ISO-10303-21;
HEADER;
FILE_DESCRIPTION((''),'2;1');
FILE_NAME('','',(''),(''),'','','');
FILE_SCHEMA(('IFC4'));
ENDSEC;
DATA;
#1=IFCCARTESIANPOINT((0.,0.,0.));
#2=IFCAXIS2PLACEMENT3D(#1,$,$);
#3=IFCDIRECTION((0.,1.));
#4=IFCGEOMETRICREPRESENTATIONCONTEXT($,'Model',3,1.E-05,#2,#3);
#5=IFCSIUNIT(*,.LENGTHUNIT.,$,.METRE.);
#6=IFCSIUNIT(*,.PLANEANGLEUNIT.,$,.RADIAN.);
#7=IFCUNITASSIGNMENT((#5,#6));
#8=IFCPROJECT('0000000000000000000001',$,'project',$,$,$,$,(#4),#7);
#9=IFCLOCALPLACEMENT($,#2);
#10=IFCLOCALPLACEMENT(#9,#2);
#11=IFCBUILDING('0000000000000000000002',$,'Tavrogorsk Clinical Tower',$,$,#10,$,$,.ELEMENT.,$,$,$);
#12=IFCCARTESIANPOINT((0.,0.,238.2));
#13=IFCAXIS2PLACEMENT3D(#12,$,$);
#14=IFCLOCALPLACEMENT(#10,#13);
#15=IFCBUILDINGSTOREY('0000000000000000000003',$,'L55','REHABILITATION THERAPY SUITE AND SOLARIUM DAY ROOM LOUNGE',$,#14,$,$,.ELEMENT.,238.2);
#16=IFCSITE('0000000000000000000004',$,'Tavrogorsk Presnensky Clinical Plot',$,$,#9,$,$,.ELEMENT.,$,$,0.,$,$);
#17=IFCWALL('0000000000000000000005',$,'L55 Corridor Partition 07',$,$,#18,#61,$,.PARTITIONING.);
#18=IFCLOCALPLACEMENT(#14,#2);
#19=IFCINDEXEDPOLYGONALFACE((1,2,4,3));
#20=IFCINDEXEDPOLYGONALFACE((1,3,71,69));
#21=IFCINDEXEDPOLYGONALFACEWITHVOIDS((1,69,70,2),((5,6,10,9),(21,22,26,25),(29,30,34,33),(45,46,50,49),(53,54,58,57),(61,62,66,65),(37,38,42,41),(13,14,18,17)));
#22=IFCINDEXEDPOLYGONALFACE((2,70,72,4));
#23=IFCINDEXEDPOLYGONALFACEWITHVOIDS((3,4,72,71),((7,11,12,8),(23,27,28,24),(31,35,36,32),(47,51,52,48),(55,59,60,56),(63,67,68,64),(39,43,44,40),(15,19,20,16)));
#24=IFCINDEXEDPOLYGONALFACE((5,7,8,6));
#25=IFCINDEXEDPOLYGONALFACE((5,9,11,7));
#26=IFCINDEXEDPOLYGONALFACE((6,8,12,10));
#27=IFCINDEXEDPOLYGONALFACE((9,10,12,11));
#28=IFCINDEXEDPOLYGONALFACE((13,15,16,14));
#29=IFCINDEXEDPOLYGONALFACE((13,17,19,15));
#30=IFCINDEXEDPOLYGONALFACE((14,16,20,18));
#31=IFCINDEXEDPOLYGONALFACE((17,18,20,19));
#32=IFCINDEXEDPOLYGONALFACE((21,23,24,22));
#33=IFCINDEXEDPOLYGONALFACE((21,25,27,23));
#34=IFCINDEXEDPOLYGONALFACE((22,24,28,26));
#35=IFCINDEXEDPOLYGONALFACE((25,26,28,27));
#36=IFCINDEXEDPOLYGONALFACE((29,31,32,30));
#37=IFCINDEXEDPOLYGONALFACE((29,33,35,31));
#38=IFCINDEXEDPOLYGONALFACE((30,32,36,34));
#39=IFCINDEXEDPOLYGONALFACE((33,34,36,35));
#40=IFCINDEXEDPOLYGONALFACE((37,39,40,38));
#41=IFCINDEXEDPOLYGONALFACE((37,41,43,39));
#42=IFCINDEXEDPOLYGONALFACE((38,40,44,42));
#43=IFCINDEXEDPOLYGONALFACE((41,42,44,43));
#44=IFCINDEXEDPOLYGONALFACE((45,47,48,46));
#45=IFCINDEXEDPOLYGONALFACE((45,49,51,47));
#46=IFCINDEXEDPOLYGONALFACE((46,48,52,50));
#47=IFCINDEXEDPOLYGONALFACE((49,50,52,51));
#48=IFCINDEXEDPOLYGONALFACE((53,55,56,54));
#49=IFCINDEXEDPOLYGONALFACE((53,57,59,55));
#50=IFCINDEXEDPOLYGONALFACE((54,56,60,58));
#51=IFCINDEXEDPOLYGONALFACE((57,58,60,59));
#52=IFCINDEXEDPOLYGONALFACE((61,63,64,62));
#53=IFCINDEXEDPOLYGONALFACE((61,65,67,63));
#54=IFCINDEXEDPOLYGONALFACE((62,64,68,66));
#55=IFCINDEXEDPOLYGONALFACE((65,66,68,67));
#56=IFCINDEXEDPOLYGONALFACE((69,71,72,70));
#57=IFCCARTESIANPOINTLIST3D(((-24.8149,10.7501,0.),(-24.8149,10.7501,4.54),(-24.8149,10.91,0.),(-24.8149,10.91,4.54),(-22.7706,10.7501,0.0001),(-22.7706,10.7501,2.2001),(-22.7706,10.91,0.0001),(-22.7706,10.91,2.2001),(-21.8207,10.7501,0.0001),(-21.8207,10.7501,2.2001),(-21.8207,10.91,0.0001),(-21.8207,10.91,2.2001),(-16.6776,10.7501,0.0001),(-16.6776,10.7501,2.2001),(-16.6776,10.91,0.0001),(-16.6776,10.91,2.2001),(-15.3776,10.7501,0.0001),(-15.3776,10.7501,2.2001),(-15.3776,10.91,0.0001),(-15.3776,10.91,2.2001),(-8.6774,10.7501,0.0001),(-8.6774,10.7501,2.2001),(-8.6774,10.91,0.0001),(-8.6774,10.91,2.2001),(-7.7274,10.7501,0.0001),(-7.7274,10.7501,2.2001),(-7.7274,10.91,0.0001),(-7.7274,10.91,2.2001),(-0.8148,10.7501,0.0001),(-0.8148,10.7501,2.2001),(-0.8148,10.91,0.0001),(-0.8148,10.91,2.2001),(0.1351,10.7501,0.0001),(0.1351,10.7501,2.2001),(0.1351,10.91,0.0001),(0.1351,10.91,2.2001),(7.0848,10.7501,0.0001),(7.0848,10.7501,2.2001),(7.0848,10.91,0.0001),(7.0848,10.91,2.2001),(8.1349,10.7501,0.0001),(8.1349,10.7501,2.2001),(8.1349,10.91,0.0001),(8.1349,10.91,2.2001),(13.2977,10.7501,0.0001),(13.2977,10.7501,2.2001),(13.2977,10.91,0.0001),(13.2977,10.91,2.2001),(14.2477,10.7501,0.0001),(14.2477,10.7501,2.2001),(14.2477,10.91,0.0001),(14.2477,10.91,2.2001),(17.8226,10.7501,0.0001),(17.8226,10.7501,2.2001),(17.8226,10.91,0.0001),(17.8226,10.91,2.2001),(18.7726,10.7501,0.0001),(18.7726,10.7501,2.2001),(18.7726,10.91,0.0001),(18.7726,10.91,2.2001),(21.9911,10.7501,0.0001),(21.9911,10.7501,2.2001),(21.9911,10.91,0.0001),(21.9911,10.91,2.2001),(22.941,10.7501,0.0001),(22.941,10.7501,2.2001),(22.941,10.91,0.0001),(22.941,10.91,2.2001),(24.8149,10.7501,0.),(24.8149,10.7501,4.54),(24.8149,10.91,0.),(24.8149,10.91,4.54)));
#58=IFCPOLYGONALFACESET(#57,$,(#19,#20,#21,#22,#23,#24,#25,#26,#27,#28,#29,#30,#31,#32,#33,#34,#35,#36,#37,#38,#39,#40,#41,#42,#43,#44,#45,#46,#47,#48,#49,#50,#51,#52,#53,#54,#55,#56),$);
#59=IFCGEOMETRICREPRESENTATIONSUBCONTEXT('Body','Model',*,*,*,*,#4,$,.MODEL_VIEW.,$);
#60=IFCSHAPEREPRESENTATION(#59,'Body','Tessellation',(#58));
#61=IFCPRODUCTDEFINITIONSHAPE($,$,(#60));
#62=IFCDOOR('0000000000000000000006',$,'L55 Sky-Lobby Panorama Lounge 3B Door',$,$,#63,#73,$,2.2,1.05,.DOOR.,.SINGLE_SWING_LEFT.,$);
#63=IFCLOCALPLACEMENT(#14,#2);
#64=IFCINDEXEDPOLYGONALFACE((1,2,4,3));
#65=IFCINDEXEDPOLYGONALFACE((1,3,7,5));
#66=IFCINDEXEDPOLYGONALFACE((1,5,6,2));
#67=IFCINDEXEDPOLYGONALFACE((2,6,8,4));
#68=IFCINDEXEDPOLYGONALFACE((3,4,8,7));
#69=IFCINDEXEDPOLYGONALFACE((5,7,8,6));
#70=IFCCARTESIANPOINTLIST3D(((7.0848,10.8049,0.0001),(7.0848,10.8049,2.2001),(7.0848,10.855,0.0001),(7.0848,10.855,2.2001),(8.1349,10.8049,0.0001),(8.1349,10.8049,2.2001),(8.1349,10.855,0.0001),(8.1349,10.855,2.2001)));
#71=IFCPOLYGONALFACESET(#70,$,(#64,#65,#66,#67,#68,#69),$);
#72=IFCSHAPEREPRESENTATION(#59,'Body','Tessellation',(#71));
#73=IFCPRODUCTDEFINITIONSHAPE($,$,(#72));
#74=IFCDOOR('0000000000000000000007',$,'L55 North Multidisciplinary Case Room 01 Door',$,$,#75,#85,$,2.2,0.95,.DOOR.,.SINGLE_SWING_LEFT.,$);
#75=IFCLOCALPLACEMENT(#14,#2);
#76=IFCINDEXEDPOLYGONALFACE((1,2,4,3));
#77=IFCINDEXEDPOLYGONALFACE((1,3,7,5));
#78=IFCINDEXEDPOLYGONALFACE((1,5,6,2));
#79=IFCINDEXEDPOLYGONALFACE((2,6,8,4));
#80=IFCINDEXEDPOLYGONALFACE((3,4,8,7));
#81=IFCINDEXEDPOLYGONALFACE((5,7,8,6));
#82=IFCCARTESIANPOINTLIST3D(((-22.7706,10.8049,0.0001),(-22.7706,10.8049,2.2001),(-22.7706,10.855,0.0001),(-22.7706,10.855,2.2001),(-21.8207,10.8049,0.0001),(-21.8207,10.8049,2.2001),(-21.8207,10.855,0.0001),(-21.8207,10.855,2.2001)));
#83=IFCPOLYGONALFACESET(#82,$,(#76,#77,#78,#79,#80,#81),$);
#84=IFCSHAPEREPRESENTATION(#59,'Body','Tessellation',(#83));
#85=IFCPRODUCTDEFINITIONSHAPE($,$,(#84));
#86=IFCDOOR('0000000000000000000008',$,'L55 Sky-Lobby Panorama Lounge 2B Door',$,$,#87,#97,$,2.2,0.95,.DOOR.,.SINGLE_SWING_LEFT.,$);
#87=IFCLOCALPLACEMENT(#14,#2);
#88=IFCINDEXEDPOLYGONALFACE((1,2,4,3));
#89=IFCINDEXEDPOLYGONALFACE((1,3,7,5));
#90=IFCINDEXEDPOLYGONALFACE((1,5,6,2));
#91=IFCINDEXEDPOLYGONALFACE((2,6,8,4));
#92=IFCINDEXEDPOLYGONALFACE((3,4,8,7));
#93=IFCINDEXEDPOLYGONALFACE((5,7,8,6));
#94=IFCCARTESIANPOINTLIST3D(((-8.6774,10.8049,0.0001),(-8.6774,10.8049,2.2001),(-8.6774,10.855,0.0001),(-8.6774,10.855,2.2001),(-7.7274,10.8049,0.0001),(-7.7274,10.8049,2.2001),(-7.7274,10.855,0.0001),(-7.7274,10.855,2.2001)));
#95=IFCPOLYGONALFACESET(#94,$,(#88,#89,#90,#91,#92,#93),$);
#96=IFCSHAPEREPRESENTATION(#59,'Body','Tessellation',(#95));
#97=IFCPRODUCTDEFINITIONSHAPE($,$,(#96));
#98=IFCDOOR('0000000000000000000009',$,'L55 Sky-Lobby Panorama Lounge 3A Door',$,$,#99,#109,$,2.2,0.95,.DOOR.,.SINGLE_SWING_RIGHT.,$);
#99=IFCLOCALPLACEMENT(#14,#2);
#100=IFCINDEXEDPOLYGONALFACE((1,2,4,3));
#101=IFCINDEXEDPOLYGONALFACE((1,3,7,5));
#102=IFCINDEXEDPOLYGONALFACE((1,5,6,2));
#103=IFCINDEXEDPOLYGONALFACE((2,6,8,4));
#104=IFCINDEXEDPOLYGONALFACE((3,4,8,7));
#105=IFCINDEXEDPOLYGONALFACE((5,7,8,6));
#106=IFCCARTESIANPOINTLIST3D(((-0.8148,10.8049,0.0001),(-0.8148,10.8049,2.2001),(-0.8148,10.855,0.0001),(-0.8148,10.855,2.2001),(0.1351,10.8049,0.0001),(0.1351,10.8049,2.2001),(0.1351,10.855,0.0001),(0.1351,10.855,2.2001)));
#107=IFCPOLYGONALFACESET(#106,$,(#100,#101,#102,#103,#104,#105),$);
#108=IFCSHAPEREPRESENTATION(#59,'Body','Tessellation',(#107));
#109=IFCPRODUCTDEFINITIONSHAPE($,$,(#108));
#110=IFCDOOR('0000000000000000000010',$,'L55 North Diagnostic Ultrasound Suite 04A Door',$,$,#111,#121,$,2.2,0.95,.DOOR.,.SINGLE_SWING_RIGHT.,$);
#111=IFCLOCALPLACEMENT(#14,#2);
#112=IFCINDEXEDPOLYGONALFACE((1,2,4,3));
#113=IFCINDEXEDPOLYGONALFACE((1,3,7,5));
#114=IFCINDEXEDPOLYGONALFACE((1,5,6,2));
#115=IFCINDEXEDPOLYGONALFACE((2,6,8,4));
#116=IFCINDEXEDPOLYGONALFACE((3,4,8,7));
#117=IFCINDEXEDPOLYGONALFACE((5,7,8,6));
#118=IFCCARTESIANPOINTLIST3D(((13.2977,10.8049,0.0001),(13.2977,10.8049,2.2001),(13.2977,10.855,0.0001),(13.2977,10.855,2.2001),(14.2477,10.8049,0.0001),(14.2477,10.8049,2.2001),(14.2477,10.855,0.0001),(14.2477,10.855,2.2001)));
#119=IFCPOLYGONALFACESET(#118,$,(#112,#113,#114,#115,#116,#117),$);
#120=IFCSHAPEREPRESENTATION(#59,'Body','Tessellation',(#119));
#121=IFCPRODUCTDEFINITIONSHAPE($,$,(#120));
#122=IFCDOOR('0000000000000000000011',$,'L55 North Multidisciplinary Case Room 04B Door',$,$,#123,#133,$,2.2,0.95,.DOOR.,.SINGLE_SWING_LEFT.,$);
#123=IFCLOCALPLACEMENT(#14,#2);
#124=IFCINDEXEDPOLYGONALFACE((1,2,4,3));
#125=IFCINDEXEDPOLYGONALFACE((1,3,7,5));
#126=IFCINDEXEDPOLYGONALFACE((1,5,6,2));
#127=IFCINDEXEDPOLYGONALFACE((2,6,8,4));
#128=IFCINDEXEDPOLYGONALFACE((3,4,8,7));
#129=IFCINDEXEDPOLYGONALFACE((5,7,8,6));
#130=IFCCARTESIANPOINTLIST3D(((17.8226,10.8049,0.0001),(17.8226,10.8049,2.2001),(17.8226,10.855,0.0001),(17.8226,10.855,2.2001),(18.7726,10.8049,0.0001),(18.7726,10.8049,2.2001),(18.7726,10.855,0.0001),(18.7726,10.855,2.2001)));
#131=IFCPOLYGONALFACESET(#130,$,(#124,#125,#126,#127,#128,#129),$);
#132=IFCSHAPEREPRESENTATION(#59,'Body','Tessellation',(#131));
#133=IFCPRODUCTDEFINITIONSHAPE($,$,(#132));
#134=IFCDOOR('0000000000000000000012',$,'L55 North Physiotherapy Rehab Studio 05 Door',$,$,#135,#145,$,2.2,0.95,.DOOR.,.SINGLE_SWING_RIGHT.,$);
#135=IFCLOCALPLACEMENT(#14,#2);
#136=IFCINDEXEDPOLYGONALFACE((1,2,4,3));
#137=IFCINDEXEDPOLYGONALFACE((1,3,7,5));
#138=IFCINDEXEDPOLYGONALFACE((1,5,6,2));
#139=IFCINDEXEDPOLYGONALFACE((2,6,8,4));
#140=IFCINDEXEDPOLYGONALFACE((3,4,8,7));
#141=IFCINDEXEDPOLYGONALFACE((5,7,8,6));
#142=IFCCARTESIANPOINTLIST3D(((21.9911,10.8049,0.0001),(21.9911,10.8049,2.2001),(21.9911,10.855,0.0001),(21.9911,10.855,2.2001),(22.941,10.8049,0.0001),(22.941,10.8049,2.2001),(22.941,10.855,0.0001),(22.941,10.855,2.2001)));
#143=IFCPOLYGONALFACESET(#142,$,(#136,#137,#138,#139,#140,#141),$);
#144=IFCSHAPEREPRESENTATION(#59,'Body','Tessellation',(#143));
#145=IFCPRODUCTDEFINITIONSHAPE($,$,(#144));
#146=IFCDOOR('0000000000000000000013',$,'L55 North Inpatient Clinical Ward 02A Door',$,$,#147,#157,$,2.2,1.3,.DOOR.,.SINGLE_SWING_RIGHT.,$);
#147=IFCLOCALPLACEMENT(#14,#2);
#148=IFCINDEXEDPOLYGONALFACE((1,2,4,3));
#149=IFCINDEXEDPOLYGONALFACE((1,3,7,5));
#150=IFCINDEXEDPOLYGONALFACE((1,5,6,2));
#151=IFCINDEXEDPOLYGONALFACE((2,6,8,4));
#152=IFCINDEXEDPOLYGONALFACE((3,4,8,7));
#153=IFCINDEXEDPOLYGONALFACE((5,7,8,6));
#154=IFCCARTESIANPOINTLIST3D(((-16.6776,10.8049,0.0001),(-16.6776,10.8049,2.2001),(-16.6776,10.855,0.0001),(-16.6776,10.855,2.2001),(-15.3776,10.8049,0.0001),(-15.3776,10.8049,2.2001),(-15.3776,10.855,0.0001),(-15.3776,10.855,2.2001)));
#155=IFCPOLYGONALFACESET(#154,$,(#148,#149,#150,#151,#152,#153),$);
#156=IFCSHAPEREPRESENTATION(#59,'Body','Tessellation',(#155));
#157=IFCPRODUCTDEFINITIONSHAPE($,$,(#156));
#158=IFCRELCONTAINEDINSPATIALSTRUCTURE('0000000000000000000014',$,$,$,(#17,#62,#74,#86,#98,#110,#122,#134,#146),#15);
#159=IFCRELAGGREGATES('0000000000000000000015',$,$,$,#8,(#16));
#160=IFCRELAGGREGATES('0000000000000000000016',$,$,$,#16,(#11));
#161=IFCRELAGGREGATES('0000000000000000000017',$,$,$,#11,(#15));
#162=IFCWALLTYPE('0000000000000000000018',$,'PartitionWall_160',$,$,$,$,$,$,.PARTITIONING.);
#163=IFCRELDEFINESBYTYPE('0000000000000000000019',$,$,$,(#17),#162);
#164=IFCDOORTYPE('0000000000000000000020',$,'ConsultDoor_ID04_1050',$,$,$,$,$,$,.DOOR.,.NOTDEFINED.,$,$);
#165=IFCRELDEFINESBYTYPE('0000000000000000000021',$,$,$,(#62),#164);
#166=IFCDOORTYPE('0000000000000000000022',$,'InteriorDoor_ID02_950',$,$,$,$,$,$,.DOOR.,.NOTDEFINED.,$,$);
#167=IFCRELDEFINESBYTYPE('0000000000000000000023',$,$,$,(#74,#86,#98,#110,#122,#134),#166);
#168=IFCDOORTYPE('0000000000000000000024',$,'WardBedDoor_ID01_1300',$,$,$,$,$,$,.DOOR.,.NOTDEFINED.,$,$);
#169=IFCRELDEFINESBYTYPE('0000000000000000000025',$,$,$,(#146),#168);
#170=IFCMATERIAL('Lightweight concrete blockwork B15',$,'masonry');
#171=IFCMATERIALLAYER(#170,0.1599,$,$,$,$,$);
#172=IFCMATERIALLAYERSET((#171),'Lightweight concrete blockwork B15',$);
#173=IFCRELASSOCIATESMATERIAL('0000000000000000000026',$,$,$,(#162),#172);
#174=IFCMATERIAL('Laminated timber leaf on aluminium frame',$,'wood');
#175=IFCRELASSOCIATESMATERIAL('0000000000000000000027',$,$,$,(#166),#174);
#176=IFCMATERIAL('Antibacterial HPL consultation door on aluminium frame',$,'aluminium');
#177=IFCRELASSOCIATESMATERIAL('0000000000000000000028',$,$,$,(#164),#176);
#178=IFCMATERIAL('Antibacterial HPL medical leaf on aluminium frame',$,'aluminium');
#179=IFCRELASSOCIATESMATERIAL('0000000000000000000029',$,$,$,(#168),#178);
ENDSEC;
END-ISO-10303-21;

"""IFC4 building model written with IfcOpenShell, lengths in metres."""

from ifc_helpers import new_model, si_unit, direction, frame, frame_2d, origin, place, context, subcontext, project, spatial, rectangle, extrude, material, layer, layer_set, type_object, element, fill, save


model = new_model("IFC4")

# Units and contexts
model_context = context("Model", 3, precision=1e-05, world=origin(), true_north=direction((0.0, 1.0)))
body_context = subcontext(model_context, "Body", "Model", "MODEL_VIEW")
ifc_project = project(units=[si_unit("LENGTHUNIT", "METRE"), si_unit("PLANEANGLEUNIT", "RADIAN")], contexts=[model_context])

# Site, building, storey
site_placement = place(None, origin())
site = spatial("IfcSite", under=ifc_project, at=site_placement, Name="Tavrogorsk Presnensky Clinical Plot", CompositionType="ELEMENT", RefElevation=0.0)
building_placement = place(site_placement, origin())
building = spatial("IfcBuilding", under=site, at=building_placement, Name="Tavrogorsk Clinical Tower", CompositionType="ELEMENT")
storey_placement = place(building_placement, frame((0.0, 0.0, 238.2)))
storey = spatial("IfcBuildingStorey", under=building, at=storey_placement, Name="L55", Description="REHABILITATION THERAPY SUITE AND SOLARIUM DAY ROOM LOUNGE", CompositionType="ELEMENT", Elevation=238.2)

# Shared definitions
ifc_material_1 = material(Name="Lightweight concrete blockwork B15", Category="masonry")
ifc_layer_1 = layer(ifc_material_1, 0.1599)
ifc_layer_set_1 = layer_set([ifc_layer_1], Name="Lightweight concrete blockwork B15")
wall_type_1 = type_object("IfcWallType", Name="PartitionWall_160", PredefinedType="PARTITIONING", material=ifc_layer_set_1)
ifc_material_2 = material(Name="Laminated timber leaf on aluminium frame", Category="wood")
door_type_1 = type_object("IfcDoorType", Name="InteriorDoor_ID02_950", OperationType="NOTDEFINED", PredefinedType="DOOR", material=ifc_material_2)

# Wall, openings, doors
wall_1_placement = place(storey_placement, frame((-24.8149, 10.8301, 0.0), z_axis=(0.0, 0.0, 1.0), x_axis=(1.0, 0.0, 0.0)))
wall_1 = element("IfcWall", 1, at=wall_1_placement, inside=storey, type_object=wall_type_1, Name="L55 Corridor Partition 07", PredefinedType="PARTITIONING", context=body_context, shape_type="SweptSolid", body=[
    extrude(rectangle(XDim=49.6299, YDim=0.1599, at=frame_2d((24.8149, 0.0))), origin(), (0.0, 0.0, 1.0), 4.54),
])
opening_1_placement = place(wall_1_placement, frame((2.0442, 0.0, 0.0)))
opening_1 = element("IfcOpeningElement", 2, at=opening_1_placement, cuts=wall_1, PredefinedType="OPENING", context=body_context, shape_type="SweptSolid", body=[
    extrude(rectangle(XDim=0.95, YDim=2.2, at=frame_2d((0.4751, 1.1001))), frame((0.0, 0.0898, 0.0), z_axis=(0.0, -1.0, 0.0), x_axis=(1.0, 0.0, 0.0)), (0.0, 0.0, 1.0), 0.1799),
])
opening_2_placement = place(wall_1_placement, frame((8.1375, 0.0, 0.0)))
opening_2 = element("IfcOpeningElement", 3, at=opening_2_placement, cuts=wall_1, PredefinedType="OPENING", context=body_context, shape_type="SweptSolid", body=[
    extrude(rectangle(XDim=1.3, YDim=2.2, at=frame_2d((0.6499, 1.1001))), frame((0.0, 0.0898, 0.0), z_axis=(0.0, -1.0, 0.0), x_axis=(1.0, 0.0, 0.0)), (0.0, 0.0, 1.0), 0.1799),
])
opening_3_placement = place(wall_1_placement, frame((16.1375, 0.0, 0.0)))
opening_3 = element("IfcOpeningElement", 4, at=opening_3_placement, cuts=wall_1, PredefinedType="OPENING", context=body_context, shape_type="SweptSolid", body=[
    extrude(rectangle(XDim=0.95, YDim=2.2, at=frame_2d((0.4751, 1.1001))), frame((0.0, 0.0898, 0.0), z_axis=(0.0, -1.0, 0.0), x_axis=(1.0, 0.0, 0.0)), (0.0, 0.0, 1.0), 0.1799),
])
opening_4_placement = place(wall_1_placement, frame((24.0, 0.0, 0.0)))
opening_4 = element("IfcOpeningElement", 5, at=opening_4_placement, cuts=wall_1, PredefinedType="OPENING", context=body_context, shape_type="SweptSolid", body=[
    extrude(rectangle(XDim=0.95, YDim=2.2, at=frame_2d((0.4751, 1.1001))), frame((0.0, 0.0898, 0.0), z_axis=(0.0, -1.0, 0.0), x_axis=(1.0, 0.0, 0.0)), (0.0, 0.0, 1.0), 0.1799),
])
opening_5_placement = place(wall_1_placement, frame((31.8999, 0.0, 0.0)))
opening_5 = element("IfcOpeningElement", 6, at=opening_5_placement, cuts=wall_1, PredefinedType="OPENING", context=body_context, shape_type="SweptSolid", body=[
    extrude(rectangle(XDim=1.05, YDim=2.2, at=frame_2d((0.5249, 1.1001))), frame((0.0, 0.0898, 0.0), z_axis=(0.0, -1.0, 0.0), x_axis=(1.0, 0.0, 0.0)), (0.0, 0.0, 1.0), 0.1799),
])
opening_6_placement = place(wall_1_placement, frame((38.1125, 0.0, 0.0)))
opening_6 = element("IfcOpeningElement", 7, at=opening_6_placement, cuts=wall_1, PredefinedType="OPENING", context=body_context, shape_type="SweptSolid", body=[
    extrude(rectangle(XDim=0.95, YDim=2.2, at=frame_2d((0.4751, 1.1001))), frame((0.0, 0.0898, 0.0), z_axis=(0.0, -1.0, 0.0), x_axis=(1.0, 0.0, 0.0)), (0.0, 0.0, 1.0), 0.1799),
])
opening_7_placement = place(wall_1_placement, frame((42.6375, 0.0, 0.0)))
opening_7 = element("IfcOpeningElement", 8, at=opening_7_placement, cuts=wall_1, PredefinedType="OPENING", context=body_context, shape_type="SweptSolid", body=[
    extrude(rectangle(XDim=0.95, YDim=2.2, at=frame_2d((0.4751, 1.1001))), frame((0.0, 0.0898, 0.0), z_axis=(0.0, -1.0, 0.0), x_axis=(1.0, 0.0, 0.0)), (0.0, 0.0, 1.0), 0.1799),
])
opening_8_placement = place(wall_1_placement, frame((46.8059, 0.0, 0.0)))
opening_8 = element("IfcOpeningElement", 9, at=opening_8_placement, cuts=wall_1, PredefinedType="OPENING", context=body_context, shape_type="SweptSolid", body=[
    extrude(rectangle(XDim=0.95, YDim=2.2, at=frame_2d((0.4751, 1.1001))), frame((0.0, 0.0898, 0.0), z_axis=(0.0, -1.0, 0.0), x_axis=(1.0, 0.0, 0.0)), (0.0, 0.0, 1.0), 0.1799),
])
ifc_material_3 = material(Name="Antibacterial HPL consultation door on aluminium frame", Category="aluminium")
door_type_2 = type_object("IfcDoorType", Name="ConsultDoor_ID04_1050", OperationType="NOTDEFINED", PredefinedType="DOOR", material=ifc_material_3)
door_1_placement = place(opening_5_placement, origin())
door_1 = element("IfcDoor", 10, at=door_1_placement, inside=storey, type_object=door_type_2, Name="L55 Sky-Lobby Panorama Lounge 3B Door", OperationType="SINGLE_SWING_LEFT", OverallHeight=2.2, OverallWidth=1.05, PredefinedType="DOOR", context=body_context, shape_type="SweptSolid", body=[
    extrude(rectangle(XDim=1.05, YDim=2.2, at=frame_2d((0.5249, 1.1001))), frame((0.0, 0.0249, 0.0), z_axis=(0.0, -1.0, 0.0), x_axis=(1.0, 0.0, 0.0)), (0.0, 0.0, 1.0), 0.05),
])
fill(opening_5, door_1)
door_2_placement = place(opening_1_placement, origin())
door_2 = element("IfcDoor", 11, at=door_2_placement, inside=storey, type_object=door_type_1, Name="L55 North Multidisciplinary Case Room 01 Door", OperationType="SINGLE_SWING_LEFT", OverallHeight=2.2, OverallWidth=0.95, PredefinedType="DOOR", context=body_context, shape_type="SweptSolid", body=[
    extrude(rectangle(XDim=0.95, YDim=2.2, at=frame_2d((0.4751, 1.1001))), frame((0.0, 0.0249, 0.0), z_axis=(0.0, -1.0, 0.0), x_axis=(1.0, 0.0, 0.0)), (0.0, 0.0, 1.0), 0.05),
])
fill(opening_1, door_2)
door_3_placement = place(opening_3_placement, origin())
door_3 = element("IfcDoor", 12, at=door_3_placement, inside=storey, type_object=door_type_1, Name="L55 Sky-Lobby Panorama Lounge 2B Door", OperationType="SINGLE_SWING_LEFT", OverallHeight=2.2, OverallWidth=0.95, PredefinedType="DOOR", context=body_context, shape_type="SweptSolid", body=[
    extrude(rectangle(XDim=0.95, YDim=2.2, at=frame_2d((0.4751, 1.1001))), frame((0.0, 0.0249, 0.0), z_axis=(0.0, -1.0, 0.0), x_axis=(1.0, 0.0, 0.0)), (0.0, 0.0, 1.0), 0.05),
])
fill(opening_3, door_3)
door_4_placement = place(opening_4_placement, origin())
door_4 = element("IfcDoor", 13, at=door_4_placement, inside=storey, type_object=door_type_1, Name="L55 Sky-Lobby Panorama Lounge 3A Door", OperationType="SINGLE_SWING_RIGHT", OverallHeight=2.2, OverallWidth=0.95, PredefinedType="DOOR", context=body_context, shape_type="SweptSolid", body=[
    extrude(rectangle(XDim=0.95, YDim=2.2, at=frame_2d((0.4751, 1.1001))), frame((0.0, 0.0249, 0.0), z_axis=(0.0, -1.0, 0.0), x_axis=(1.0, 0.0, 0.0)), (0.0, 0.0, 1.0), 0.05),
])
fill(opening_4, door_4)
door_5_placement = place(opening_6_placement, origin())
door_5 = element("IfcDoor", 14, at=door_5_placement, inside=storey, type_object=door_type_1, Name="L55 North Diagnostic Ultrasound Suite 04A Door", OperationType="SINGLE_SWING_RIGHT", OverallHeight=2.2, OverallWidth=0.95, PredefinedType="DOOR", context=body_context, shape_type="SweptSolid", body=[
    extrude(rectangle(XDim=0.95, YDim=2.2, at=frame_2d((0.4751, 1.1001))), frame((0.0, 0.0249, 0.0), z_axis=(0.0, -1.0, 0.0), x_axis=(1.0, 0.0, 0.0)), (0.0, 0.0, 1.0), 0.05),
])
fill(opening_6, door_5)
door_6_placement = place(opening_7_placement, origin())
door_6 = element("IfcDoor", 15, at=door_6_placement, inside=storey, type_object=door_type_1, Name="L55 North Multidisciplinary Case Room 04B Door", OperationType="SINGLE_SWING_LEFT", OverallHeight=2.2, OverallWidth=0.95, PredefinedType="DOOR", context=body_context, shape_type="SweptSolid", body=[
    extrude(rectangle(XDim=0.95, YDim=2.2, at=frame_2d((0.4751, 1.1001))), frame((0.0, 0.0249, 0.0), z_axis=(0.0, -1.0, 0.0), x_axis=(1.0, 0.0, 0.0)), (0.0, 0.0, 1.0), 0.05),
])
fill(opening_7, door_6)
door_7_placement = place(opening_8_placement, origin())
door_7 = element("IfcDoor", 16, at=door_7_placement, inside=storey, type_object=door_type_1, Name="L55 North Physiotherapy Rehab Studio 05 Door", OperationType="SINGLE_SWING_RIGHT", OverallHeight=2.2, OverallWidth=0.95, PredefinedType="DOOR", context=body_context, shape_type="SweptSolid", body=[
    extrude(rectangle(XDim=0.95, YDim=2.2, at=frame_2d((0.4751, 1.1001))), frame((0.0, 0.0249, 0.0), z_axis=(0.0, -1.0, 0.0), x_axis=(1.0, 0.0, 0.0)), (0.0, 0.0, 1.0), 0.05),
])
fill(opening_8, door_7)
ifc_material_4 = material(Name="Antibacterial HPL medical leaf on aluminium frame", Category="aluminium")
door_type_3 = type_object("IfcDoorType", Name="WardBedDoor_ID01_1300", OperationType="NOTDEFINED", PredefinedType="DOOR", material=ifc_material_4)
door_8_placement = place(opening_2_placement, origin())
door_8 = element("IfcDoor", 17, at=door_8_placement, inside=storey, type_object=door_type_3, Name="L55 North Inpatient Clinical Ward 02A Door", OperationType="SINGLE_SWING_RIGHT", OverallHeight=2.2, OverallWidth=1.3, PredefinedType="DOOR", context=body_context, shape_type="SweptSolid", body=[
    extrude(rectangle(XDim=1.3, YDim=2.2, at=frame_2d((0.6499, 1.1001))), frame((0.0, 0.0249, 0.0), z_axis=(0.0, -1.0, 0.0), x_axis=(1.0, 0.0, 0.0)), (0.0, 0.0, 1.0), 0.05),
])
fill(opening_2, door_8)

save(model, "model.ifc")
